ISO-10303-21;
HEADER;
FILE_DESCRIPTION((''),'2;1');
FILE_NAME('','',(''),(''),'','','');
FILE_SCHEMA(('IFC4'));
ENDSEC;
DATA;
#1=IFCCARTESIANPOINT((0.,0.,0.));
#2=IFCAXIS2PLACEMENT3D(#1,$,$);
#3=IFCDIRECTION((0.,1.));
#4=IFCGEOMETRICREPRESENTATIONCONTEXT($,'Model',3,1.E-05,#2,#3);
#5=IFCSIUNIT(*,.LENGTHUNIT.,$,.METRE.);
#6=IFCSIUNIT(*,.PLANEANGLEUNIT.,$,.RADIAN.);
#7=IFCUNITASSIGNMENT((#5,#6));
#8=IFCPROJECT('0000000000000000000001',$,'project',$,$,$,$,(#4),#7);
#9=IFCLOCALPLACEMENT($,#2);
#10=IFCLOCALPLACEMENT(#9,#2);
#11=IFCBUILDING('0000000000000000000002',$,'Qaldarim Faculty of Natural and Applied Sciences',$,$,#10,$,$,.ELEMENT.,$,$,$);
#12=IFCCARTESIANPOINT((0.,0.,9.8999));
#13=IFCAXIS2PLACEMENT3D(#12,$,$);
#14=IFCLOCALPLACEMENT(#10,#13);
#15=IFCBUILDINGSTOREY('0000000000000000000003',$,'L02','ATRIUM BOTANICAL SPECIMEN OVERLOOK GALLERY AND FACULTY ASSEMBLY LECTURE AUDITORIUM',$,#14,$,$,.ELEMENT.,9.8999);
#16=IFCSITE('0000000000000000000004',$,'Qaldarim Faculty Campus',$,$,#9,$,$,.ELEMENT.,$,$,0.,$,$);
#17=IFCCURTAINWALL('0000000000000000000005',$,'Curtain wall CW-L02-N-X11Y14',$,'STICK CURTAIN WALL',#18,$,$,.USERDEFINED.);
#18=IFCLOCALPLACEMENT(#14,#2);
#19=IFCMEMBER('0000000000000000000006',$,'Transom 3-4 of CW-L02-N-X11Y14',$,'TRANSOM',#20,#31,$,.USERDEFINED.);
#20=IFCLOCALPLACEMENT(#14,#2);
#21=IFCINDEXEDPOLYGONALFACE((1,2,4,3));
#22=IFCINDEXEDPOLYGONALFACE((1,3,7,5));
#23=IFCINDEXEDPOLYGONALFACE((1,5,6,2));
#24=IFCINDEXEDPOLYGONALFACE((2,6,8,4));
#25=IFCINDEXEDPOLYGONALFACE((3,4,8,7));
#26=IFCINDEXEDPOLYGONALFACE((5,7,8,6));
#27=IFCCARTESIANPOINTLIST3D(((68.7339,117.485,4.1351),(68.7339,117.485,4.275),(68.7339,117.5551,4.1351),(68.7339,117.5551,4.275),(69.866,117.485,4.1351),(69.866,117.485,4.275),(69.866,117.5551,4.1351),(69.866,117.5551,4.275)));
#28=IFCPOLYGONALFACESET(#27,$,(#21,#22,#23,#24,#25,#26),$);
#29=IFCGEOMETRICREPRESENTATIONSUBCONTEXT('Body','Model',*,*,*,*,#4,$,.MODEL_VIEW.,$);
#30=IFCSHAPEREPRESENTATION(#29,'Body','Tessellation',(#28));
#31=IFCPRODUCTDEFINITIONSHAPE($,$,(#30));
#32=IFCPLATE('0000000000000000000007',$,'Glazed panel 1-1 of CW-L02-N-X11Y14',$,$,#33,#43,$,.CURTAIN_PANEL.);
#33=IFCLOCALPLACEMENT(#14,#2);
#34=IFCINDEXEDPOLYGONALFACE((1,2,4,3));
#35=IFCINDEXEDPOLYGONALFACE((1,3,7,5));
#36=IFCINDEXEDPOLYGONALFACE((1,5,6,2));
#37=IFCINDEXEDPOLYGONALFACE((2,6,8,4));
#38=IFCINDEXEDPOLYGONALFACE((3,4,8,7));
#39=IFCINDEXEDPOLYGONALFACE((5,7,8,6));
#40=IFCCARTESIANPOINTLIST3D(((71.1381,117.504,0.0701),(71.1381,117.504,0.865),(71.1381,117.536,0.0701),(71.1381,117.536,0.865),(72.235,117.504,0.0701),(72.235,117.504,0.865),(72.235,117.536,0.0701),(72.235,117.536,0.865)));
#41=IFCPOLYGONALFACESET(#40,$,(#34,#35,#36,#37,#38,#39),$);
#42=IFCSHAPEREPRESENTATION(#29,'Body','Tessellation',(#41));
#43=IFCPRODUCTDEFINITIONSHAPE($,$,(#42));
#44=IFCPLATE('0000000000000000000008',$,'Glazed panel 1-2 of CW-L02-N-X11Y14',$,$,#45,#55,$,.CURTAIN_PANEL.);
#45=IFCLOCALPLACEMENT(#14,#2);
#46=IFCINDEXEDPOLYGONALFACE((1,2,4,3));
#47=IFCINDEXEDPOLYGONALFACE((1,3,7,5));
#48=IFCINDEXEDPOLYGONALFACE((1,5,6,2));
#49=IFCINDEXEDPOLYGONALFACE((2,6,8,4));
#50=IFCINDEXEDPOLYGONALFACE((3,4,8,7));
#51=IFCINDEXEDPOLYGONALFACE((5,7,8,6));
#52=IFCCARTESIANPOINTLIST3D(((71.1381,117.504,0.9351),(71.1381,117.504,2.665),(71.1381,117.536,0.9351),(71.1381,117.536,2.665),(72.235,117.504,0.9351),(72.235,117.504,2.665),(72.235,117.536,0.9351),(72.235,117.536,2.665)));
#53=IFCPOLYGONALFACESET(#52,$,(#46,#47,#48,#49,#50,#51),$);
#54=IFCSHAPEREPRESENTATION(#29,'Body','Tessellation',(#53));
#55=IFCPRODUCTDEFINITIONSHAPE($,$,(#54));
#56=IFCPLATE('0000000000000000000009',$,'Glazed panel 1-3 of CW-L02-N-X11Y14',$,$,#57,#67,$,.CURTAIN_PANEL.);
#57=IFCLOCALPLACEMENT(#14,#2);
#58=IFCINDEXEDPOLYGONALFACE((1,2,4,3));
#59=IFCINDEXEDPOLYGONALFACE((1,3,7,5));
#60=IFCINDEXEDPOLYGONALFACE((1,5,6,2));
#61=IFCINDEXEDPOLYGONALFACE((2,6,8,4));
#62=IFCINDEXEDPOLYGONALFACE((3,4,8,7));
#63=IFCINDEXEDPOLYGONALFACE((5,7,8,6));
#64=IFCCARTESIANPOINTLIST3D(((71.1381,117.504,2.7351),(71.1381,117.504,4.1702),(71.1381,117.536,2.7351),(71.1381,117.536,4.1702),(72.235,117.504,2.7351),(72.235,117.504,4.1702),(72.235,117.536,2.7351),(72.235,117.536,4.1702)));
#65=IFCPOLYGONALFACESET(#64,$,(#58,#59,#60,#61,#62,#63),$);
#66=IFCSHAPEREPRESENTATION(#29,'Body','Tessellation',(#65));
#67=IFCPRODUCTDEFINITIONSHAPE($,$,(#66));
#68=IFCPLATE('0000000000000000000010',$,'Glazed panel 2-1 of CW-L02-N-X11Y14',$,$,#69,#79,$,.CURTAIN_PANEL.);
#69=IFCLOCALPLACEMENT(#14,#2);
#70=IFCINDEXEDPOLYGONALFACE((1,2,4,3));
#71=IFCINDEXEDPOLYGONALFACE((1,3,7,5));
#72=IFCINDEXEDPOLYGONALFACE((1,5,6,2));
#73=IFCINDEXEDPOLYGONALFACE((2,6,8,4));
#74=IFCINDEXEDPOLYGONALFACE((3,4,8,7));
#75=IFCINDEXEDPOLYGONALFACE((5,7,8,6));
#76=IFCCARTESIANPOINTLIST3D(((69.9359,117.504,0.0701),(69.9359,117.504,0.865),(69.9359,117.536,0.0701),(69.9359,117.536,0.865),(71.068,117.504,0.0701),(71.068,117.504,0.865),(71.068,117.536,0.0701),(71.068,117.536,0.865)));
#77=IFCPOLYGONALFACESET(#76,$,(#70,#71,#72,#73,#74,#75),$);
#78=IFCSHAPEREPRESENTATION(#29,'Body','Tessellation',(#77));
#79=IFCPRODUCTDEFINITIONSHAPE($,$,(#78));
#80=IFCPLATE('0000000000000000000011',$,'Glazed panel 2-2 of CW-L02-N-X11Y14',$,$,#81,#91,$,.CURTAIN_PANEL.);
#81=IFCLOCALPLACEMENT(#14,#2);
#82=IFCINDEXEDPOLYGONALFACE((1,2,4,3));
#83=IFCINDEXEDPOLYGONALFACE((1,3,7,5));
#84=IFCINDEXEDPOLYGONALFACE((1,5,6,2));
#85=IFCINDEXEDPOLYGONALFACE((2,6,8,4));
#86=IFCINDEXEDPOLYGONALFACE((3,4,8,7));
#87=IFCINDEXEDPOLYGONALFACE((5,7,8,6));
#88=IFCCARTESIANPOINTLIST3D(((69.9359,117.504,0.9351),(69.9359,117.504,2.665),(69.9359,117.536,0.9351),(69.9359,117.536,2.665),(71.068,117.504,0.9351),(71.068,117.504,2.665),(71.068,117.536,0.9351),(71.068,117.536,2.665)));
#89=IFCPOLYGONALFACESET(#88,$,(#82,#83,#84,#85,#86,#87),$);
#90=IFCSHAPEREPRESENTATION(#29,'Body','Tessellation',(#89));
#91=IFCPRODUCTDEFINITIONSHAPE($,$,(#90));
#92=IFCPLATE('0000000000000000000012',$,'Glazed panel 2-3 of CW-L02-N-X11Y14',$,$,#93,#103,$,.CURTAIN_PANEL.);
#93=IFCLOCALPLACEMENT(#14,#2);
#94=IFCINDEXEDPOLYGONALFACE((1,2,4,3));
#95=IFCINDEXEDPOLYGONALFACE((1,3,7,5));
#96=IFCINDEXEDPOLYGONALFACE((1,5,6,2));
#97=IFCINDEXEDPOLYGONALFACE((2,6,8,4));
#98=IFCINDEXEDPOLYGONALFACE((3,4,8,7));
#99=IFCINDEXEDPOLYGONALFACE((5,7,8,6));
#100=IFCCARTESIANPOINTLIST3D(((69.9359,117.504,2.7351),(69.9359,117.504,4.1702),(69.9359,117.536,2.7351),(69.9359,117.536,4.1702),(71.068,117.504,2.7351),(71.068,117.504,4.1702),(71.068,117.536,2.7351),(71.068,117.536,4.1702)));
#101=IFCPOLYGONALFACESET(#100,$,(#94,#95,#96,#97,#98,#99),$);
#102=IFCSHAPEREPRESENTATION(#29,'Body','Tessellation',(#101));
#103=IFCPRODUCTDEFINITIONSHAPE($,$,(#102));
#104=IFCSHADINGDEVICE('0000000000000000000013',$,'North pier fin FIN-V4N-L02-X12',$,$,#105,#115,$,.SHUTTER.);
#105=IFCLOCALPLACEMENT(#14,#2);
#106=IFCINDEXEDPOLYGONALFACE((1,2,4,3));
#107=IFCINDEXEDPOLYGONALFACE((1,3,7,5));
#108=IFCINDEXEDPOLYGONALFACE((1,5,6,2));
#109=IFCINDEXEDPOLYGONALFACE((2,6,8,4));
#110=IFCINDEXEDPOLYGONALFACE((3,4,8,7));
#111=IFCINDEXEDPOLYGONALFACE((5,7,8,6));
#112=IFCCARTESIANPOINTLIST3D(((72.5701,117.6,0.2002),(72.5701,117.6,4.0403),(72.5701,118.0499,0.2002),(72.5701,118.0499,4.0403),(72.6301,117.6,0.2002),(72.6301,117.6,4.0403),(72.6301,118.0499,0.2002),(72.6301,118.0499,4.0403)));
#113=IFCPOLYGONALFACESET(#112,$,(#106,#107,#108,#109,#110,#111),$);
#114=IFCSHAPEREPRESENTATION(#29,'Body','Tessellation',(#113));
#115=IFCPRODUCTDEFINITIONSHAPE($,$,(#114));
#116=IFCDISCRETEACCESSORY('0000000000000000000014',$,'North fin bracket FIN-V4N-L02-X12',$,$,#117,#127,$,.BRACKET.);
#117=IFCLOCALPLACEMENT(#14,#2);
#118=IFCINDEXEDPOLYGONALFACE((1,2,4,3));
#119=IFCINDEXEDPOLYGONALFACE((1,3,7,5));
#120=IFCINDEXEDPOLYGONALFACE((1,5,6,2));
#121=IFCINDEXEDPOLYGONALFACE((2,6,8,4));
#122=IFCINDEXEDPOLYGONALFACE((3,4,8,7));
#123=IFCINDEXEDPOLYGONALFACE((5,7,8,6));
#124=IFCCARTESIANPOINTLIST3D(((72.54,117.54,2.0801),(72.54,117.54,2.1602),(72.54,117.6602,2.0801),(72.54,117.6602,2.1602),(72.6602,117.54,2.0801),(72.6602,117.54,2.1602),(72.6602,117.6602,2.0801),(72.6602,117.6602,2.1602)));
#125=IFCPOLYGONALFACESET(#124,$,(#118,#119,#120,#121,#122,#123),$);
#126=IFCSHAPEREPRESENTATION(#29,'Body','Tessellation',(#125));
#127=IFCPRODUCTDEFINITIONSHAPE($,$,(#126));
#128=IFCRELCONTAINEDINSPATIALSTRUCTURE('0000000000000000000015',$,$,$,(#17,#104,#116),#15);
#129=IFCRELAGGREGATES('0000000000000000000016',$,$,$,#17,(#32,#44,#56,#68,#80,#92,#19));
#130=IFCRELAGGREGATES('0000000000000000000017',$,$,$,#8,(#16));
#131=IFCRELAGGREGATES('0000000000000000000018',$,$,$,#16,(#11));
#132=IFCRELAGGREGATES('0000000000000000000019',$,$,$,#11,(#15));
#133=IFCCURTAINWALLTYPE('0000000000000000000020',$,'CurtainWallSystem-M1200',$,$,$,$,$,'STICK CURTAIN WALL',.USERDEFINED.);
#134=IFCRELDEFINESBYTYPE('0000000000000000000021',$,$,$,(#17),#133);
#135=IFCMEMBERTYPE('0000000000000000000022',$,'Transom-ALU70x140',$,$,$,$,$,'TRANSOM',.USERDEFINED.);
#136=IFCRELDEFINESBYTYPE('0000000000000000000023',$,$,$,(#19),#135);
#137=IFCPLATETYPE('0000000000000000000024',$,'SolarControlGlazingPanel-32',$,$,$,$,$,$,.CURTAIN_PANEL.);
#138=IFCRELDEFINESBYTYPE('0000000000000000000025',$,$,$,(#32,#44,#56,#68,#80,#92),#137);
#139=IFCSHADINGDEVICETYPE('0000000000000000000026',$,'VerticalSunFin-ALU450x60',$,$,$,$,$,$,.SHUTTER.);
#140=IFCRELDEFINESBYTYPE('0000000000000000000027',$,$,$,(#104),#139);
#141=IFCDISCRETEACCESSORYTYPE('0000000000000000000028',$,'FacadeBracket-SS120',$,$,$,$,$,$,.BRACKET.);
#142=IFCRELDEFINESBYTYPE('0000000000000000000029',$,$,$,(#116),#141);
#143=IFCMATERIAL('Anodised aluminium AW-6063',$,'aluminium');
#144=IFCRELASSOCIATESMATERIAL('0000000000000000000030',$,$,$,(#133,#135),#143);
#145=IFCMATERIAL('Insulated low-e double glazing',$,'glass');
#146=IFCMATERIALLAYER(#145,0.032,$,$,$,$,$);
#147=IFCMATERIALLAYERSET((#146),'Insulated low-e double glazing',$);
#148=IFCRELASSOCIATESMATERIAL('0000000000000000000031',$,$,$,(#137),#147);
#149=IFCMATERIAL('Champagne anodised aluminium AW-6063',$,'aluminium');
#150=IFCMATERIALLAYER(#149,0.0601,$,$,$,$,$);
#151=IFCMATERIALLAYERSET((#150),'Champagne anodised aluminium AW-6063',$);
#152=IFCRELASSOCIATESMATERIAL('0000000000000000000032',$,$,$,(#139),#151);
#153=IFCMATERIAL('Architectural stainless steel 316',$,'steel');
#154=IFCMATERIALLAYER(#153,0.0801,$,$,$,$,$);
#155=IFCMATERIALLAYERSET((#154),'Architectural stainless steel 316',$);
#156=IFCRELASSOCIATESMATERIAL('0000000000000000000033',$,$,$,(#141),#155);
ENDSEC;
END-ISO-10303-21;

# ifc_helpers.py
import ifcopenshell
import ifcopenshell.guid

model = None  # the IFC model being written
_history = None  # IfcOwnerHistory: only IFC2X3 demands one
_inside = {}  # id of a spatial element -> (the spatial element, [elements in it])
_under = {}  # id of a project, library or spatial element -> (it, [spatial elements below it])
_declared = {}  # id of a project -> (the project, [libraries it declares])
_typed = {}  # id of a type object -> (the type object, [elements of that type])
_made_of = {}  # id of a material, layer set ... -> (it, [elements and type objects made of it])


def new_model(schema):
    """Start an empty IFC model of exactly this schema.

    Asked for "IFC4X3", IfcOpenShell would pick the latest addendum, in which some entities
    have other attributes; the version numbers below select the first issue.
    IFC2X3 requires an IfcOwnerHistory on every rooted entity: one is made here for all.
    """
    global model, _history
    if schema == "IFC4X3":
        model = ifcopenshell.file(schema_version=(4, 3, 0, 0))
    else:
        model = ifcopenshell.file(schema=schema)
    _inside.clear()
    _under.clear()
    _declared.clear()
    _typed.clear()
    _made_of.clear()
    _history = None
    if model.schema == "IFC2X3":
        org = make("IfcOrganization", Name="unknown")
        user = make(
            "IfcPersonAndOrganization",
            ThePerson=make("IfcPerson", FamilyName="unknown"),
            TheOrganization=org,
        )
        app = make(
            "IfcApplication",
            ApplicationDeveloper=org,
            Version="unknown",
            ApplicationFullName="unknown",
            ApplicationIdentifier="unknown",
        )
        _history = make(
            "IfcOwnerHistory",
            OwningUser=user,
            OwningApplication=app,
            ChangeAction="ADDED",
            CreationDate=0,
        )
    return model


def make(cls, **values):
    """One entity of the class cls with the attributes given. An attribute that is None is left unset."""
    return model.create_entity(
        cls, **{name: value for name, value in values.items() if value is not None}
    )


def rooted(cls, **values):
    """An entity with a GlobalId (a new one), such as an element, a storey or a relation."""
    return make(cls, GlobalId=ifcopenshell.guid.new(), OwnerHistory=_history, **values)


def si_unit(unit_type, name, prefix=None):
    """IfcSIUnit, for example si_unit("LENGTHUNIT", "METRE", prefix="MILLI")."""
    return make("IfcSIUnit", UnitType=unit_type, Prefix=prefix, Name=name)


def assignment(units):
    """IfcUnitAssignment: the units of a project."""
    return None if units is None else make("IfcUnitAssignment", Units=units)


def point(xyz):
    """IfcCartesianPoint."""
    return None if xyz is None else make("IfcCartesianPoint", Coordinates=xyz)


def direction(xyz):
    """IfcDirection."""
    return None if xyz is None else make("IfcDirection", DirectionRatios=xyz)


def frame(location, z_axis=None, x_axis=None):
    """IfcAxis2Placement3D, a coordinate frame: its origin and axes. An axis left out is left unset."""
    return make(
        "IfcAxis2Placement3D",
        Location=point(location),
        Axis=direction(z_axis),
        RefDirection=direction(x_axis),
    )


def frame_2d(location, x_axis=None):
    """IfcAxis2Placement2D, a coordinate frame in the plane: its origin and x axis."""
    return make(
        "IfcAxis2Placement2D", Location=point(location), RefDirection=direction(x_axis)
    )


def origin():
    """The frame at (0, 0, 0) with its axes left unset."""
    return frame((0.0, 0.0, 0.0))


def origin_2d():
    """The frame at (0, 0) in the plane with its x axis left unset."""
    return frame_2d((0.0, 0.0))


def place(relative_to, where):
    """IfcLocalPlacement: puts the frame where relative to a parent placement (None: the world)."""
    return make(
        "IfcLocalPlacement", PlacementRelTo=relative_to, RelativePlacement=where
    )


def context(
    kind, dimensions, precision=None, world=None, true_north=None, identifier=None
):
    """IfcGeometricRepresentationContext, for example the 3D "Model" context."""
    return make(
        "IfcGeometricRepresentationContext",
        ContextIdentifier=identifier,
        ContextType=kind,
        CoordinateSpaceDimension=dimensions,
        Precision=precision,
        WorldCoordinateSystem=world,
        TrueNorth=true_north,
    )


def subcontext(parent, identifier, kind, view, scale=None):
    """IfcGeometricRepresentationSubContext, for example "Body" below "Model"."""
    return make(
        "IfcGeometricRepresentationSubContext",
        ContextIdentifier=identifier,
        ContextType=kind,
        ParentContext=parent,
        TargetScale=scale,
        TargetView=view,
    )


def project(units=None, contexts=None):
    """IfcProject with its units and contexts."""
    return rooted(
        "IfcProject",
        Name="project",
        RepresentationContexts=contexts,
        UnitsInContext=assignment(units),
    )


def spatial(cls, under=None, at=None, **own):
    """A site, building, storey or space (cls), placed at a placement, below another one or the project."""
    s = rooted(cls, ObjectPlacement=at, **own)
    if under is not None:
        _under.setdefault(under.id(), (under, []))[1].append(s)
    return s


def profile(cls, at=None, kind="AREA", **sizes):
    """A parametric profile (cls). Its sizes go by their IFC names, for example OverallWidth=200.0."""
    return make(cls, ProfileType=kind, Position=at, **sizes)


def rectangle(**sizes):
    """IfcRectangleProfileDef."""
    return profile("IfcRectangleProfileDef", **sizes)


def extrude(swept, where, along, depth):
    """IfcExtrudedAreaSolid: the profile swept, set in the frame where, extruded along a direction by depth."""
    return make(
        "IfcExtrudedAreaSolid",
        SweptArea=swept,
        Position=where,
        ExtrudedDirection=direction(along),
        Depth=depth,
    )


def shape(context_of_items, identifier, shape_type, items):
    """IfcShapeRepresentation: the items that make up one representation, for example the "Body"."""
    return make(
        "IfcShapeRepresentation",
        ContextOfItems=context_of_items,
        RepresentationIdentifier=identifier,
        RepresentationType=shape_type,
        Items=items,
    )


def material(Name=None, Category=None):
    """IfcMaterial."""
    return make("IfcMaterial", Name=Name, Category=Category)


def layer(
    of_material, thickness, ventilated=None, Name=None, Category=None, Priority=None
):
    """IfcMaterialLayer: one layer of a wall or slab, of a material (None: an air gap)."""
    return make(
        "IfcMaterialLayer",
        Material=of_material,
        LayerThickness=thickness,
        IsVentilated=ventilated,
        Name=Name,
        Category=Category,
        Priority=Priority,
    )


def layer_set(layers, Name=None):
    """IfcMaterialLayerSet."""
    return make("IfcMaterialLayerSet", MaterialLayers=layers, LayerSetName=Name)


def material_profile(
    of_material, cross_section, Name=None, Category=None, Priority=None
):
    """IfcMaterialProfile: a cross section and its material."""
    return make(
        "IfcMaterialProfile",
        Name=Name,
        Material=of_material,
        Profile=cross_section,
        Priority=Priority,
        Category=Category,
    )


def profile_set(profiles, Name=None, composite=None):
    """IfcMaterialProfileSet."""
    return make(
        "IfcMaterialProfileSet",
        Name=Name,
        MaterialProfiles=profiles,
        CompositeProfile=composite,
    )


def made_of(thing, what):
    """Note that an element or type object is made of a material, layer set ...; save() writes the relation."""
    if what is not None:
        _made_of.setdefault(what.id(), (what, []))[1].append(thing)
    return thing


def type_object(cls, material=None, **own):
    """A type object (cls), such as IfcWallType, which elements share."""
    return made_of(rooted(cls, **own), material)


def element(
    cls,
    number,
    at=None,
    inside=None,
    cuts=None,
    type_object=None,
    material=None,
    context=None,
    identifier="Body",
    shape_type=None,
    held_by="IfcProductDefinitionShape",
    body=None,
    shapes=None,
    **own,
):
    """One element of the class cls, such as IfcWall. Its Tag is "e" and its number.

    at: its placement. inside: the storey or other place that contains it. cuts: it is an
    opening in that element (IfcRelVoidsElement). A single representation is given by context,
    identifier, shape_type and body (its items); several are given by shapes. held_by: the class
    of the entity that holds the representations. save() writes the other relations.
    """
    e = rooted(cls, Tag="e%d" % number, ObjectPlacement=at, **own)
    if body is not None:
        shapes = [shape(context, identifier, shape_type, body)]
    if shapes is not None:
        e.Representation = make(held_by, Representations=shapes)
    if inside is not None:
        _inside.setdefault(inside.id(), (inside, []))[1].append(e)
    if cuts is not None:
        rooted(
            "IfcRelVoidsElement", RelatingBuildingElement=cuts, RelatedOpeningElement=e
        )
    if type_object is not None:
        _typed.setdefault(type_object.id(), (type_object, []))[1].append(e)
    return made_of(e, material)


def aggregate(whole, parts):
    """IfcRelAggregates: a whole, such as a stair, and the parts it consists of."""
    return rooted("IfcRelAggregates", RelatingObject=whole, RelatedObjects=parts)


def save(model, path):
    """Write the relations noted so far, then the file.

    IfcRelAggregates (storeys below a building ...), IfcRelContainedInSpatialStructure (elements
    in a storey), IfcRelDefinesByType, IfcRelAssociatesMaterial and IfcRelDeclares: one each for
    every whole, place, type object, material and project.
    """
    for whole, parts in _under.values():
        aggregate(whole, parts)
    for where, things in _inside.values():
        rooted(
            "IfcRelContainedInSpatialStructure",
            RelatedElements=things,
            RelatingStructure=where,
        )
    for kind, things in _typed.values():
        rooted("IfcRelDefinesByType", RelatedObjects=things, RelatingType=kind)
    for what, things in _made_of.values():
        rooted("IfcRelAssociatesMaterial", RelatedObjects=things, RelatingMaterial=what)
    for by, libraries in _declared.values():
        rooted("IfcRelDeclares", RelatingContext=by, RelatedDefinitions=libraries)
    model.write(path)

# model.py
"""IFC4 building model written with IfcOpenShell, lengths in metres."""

from ifc_helpers import new_model, si_unit, direction, frame, origin, origin_2d, place, context, subcontext, project, spatial, rectangle, extrude, material, layer, layer_set, material_profile, profile_set, type_object, element, aggregate, save


model = new_model("IFC4")

# Units and contexts
model_context = context("Model", 3, precision=1e-05, world=origin(), true_north=direction((0.0, 1.0)))
body_context = subcontext(model_context, "Body", "Model", "MODEL_VIEW")
ifc_project = project(units=[si_unit("LENGTHUNIT", "METRE"), si_unit("PLANEANGLEUNIT", "RADIAN")], contexts=[model_context])

# Site, building, storey
site_placement = place(None, origin())
site = spatial("IfcSite", under=ifc_project, at=site_placement, Name="Qaldarim Faculty Campus", CompositionType="ELEMENT", RefElevation=0.0)
building_placement = place(site_placement, origin())
building = spatial("IfcBuilding", under=site, at=building_placement, Name="Qaldarim Faculty of Natural and Applied Sciences", CompositionType="ELEMENT")
storey_placement = place(building_placement, frame((0.0, 0.0, 9.8999)))
storey = spatial("IfcBuildingStorey", under=building, at=storey_placement, Name="L02", Description="ATRIUM BOTANICAL SPECIMEN OVERLOOK GALLERY AND FACULTY ASSEMBLY LECTURE AUDITORIUM", CompositionType="ELEMENT", Elevation=9.8999)

# Curtain wall
ifc_material_1 = material(Name="Anodised aluminium AW-6063", Category="aluminium")
curtain_wall_type = type_object("IfcCurtainWallType", Name="CurtainWallSystem-M1200", ElementType="STICK CURTAIN WALL", PredefinedType="USERDEFINED", material=ifc_material_1)
curtain_wall_placement = place(storey_placement, origin())
curtain_wall = element("IfcCurtainWall", 1, at=curtain_wall_placement, inside=storey, type_object=curtain_wall_type, Name="Curtain wall CW-L02-N-X11Y14", ObjectType="STICK CURTAIN WALL", PredefinedType="USERDEFINED")

# Member
ifc_material_profile_1 = material_profile(ifc_material_1, rectangle(XDim=0.0701, YDim=0.1399, at=origin_2d()), Name="ALU-T70x140")
ifc_profile_set_1 = profile_set([ifc_material_profile_1], Name="Anodised aluminium AW-6063")
member_type_1 = type_object("IfcMemberType", Name="Transom-ALU70x140", ElementType="TRANSOM", PredefinedType="USERDEFINED", material=ifc_profile_set_1)
member_1_placement = place(storey_placement, frame((69.866, 117.52, 4.2051), z_axis=(-1.0, 0.0, 0.0), x_axis=(0.0, -1.0, 0.0)))
member_1 = element("IfcMember", 2, at=member_1_placement, type_object=member_type_1, Name="Transom 3-4 of CW-L02-N-X11Y14", ObjectType="TRANSOM", PredefinedType="USERDEFINED", context=body_context, shape_type="SweptSolid", body=[
    extrude(rectangle(XDim=0.0701, YDim=0.1399, at=origin_2d()), origin(), (0.0, 0.0, 1.0), 1.1321),
])

# Plates
ifc_material_2 = material(Name="Insulated low-e double glazing", Category="glass")
ifc_layer_1 = layer(ifc_material_2, 0.032)
ifc_layer_set_1 = layer_set([ifc_layer_1], Name="Insulated low-e double glazing")
plate_type = type_object("IfcPlateType", Name="SolarControlGlazingPanel-32", PredefinedType="CURTAIN_PANEL", material=ifc_layer_set_1)
plate_1_placement = place(storey_placement, frame((71.6865, 117.52, 0.0701), z_axis=(0.0, 0.0, 1.0), x_axis=(-1.0, 0.0, 0.0)))
plate_1 = element("IfcPlate", 3, at=plate_1_placement, type_object=plate_type, Name="Glazed panel 1-1 of CW-L02-N-X11Y14", PredefinedType="CURTAIN_PANEL", context=body_context, shape_type="SweptSolid", body=[
    extrude(rectangle(XDim=1.0969, YDim=0.032, at=origin_2d()), origin(), (0.0, 0.0, 1.0), 0.7949),
])
plate_2_placement = place(storey_placement, frame((71.6865, 117.52, 0.9351), z_axis=(0.0, 0.0, 1.0), x_axis=(-1.0, 0.0, 0.0)))
plate_2 = element("IfcPlate", 4, at=plate_2_placement, type_object=plate_type, Name="Glazed panel 1-2 of CW-L02-N-X11Y14", PredefinedType="CURTAIN_PANEL", context=body_context, shape_type="SweptSolid", body=[
    extrude(rectangle(XDim=1.0969, YDim=0.032, at=origin_2d()), origin(), (0.0, 0.0, 1.0), 1.73),
])
plate_3_placement = place(storey_placement, frame((71.6865, 117.52, 2.7351), z_axis=(0.0, 0.0, 1.0), x_axis=(-1.0, 0.0, 0.0)))
plate_3 = element("IfcPlate", 5, at=plate_3_placement, type_object=plate_type, Name="Glazed panel 1-3 of CW-L02-N-X11Y14", PredefinedType="CURTAIN_PANEL", context=body_context, shape_type="SweptSolid", body=[
    extrude(rectangle(XDim=1.0969, YDim=0.032, at=origin_2d()), origin(), (0.0, 0.0, 1.0), 1.4351),
])
plate_4_placement = place(storey_placement, frame((70.502, 117.52, 0.0701), z_axis=(0.0, 0.0, 1.0), x_axis=(-1.0, 0.0, 0.0)))
plate_4 = element("IfcPlate", 6, at=plate_4_placement, type_object=plate_type, Name="Glazed panel 2-1 of CW-L02-N-X11Y14", PredefinedType="CURTAIN_PANEL", context=body_context, shape_type="SweptSolid", body=[
    extrude(rectangle(XDim=1.1321, YDim=0.032, at=origin_2d()), origin(), (0.0, 0.0, 1.0), 0.7949),
])
plate_5_placement = place(storey_placement, frame((70.502, 117.52, 0.9351), z_axis=(0.0, 0.0, 1.0), x_axis=(-1.0, 0.0, 0.0)))
plate_5 = element("IfcPlate", 7, at=plate_5_placement, type_object=plate_type, Name="Glazed panel 2-2 of CW-L02-N-X11Y14", PredefinedType="CURTAIN_PANEL", context=body_context, shape_type="SweptSolid", body=[
    extrude(rectangle(XDim=1.1321, YDim=0.032, at=origin_2d()), origin(), (0.0, 0.0, 1.0), 1.73),
])
plate_6_placement = place(storey_placement, frame((70.502, 117.52, 2.7351), z_axis=(0.0, 0.0, 1.0), x_axis=(-1.0, 0.0, 0.0)))
plate_6 = element("IfcPlate", 8, at=plate_6_placement, type_object=plate_type, Name="Glazed panel 2-3 of CW-L02-N-X11Y14", PredefinedType="CURTAIN_PANEL", context=body_context, shape_type="SweptSolid", body=[
    extrude(rectangle(XDim=1.1321, YDim=0.032, at=origin_2d()), origin(), (0.0, 0.0, 1.0), 1.4351),
])
aggregate(curtain_wall, [plate_1, plate_2, plate_3, plate_4, plate_5, plate_6, member_1])

# Shading device
ifc_material_3 = material(Name="Champagne anodised aluminium AW-6063", Category="aluminium")
ifc_layer_2 = layer(ifc_material_3, 0.0601)
ifc_layer_set_2 = layer_set([ifc_layer_2], Name="Champagne anodised aluminium AW-6063")
shading_device_type = type_object("IfcShadingDeviceType", Name="VerticalSunFin-ALU450x60", PredefinedType="SHUTTER", material=ifc_layer_set_2)
shading_device_placement = place(storey_placement, frame((72.6001, 117.825, 0.2002), z_axis=(0.0, 0.0, 1.0), x_axis=(1.0, 0.0, 0.0)))
element("IfcShadingDevice", 9, at=shading_device_placement, inside=storey, type_object=shading_device_type, Name="North pier fin FIN-V4N-L02-X12", PredefinedType="SHUTTER", context=body_context, shape_type="SweptSolid", body=[
    extrude(rectangle(XDim=0.0601, YDim=0.45, at=origin_2d()), origin(), (0.0, 0.0, 1.0), 3.8401),
])

# Discrete accessory
ifc_material_4 = material(Name="Architectural stainless steel 316", Category="steel")
ifc_layer_3 = layer(ifc_material_4, 0.0801)
ifc_layer_set_3 = layer_set([ifc_layer_3], Name="Architectural stainless steel 316")
discrete_accessory_type = type_object("IfcDiscreteAccessoryType", Name="FacadeBracket-SS120", PredefinedType="BRACKET", material=ifc_layer_set_3)
discrete_accessory_placement = place(storey_placement, frame((72.6001, 117.6001, 2.0801), z_axis=(0.0, 0.0, 1.0), x_axis=(1.0, 0.0, 0.0)))
element("IfcDiscreteAccessory", 10, at=discrete_accessory_placement, inside=storey, type_object=discrete_accessory_type, Name="North fin bracket FIN-V4N-L02-X12", PredefinedType="BRACKET", context=body_context, shape_type="SweptSolid", body=[
    extrude(rectangle(XDim=0.1201, YDim=0.1201, at=origin_2d()), origin(), (0.0, 0.0, 1.0), 0.0801),
])

save(model, "model.ifc")
